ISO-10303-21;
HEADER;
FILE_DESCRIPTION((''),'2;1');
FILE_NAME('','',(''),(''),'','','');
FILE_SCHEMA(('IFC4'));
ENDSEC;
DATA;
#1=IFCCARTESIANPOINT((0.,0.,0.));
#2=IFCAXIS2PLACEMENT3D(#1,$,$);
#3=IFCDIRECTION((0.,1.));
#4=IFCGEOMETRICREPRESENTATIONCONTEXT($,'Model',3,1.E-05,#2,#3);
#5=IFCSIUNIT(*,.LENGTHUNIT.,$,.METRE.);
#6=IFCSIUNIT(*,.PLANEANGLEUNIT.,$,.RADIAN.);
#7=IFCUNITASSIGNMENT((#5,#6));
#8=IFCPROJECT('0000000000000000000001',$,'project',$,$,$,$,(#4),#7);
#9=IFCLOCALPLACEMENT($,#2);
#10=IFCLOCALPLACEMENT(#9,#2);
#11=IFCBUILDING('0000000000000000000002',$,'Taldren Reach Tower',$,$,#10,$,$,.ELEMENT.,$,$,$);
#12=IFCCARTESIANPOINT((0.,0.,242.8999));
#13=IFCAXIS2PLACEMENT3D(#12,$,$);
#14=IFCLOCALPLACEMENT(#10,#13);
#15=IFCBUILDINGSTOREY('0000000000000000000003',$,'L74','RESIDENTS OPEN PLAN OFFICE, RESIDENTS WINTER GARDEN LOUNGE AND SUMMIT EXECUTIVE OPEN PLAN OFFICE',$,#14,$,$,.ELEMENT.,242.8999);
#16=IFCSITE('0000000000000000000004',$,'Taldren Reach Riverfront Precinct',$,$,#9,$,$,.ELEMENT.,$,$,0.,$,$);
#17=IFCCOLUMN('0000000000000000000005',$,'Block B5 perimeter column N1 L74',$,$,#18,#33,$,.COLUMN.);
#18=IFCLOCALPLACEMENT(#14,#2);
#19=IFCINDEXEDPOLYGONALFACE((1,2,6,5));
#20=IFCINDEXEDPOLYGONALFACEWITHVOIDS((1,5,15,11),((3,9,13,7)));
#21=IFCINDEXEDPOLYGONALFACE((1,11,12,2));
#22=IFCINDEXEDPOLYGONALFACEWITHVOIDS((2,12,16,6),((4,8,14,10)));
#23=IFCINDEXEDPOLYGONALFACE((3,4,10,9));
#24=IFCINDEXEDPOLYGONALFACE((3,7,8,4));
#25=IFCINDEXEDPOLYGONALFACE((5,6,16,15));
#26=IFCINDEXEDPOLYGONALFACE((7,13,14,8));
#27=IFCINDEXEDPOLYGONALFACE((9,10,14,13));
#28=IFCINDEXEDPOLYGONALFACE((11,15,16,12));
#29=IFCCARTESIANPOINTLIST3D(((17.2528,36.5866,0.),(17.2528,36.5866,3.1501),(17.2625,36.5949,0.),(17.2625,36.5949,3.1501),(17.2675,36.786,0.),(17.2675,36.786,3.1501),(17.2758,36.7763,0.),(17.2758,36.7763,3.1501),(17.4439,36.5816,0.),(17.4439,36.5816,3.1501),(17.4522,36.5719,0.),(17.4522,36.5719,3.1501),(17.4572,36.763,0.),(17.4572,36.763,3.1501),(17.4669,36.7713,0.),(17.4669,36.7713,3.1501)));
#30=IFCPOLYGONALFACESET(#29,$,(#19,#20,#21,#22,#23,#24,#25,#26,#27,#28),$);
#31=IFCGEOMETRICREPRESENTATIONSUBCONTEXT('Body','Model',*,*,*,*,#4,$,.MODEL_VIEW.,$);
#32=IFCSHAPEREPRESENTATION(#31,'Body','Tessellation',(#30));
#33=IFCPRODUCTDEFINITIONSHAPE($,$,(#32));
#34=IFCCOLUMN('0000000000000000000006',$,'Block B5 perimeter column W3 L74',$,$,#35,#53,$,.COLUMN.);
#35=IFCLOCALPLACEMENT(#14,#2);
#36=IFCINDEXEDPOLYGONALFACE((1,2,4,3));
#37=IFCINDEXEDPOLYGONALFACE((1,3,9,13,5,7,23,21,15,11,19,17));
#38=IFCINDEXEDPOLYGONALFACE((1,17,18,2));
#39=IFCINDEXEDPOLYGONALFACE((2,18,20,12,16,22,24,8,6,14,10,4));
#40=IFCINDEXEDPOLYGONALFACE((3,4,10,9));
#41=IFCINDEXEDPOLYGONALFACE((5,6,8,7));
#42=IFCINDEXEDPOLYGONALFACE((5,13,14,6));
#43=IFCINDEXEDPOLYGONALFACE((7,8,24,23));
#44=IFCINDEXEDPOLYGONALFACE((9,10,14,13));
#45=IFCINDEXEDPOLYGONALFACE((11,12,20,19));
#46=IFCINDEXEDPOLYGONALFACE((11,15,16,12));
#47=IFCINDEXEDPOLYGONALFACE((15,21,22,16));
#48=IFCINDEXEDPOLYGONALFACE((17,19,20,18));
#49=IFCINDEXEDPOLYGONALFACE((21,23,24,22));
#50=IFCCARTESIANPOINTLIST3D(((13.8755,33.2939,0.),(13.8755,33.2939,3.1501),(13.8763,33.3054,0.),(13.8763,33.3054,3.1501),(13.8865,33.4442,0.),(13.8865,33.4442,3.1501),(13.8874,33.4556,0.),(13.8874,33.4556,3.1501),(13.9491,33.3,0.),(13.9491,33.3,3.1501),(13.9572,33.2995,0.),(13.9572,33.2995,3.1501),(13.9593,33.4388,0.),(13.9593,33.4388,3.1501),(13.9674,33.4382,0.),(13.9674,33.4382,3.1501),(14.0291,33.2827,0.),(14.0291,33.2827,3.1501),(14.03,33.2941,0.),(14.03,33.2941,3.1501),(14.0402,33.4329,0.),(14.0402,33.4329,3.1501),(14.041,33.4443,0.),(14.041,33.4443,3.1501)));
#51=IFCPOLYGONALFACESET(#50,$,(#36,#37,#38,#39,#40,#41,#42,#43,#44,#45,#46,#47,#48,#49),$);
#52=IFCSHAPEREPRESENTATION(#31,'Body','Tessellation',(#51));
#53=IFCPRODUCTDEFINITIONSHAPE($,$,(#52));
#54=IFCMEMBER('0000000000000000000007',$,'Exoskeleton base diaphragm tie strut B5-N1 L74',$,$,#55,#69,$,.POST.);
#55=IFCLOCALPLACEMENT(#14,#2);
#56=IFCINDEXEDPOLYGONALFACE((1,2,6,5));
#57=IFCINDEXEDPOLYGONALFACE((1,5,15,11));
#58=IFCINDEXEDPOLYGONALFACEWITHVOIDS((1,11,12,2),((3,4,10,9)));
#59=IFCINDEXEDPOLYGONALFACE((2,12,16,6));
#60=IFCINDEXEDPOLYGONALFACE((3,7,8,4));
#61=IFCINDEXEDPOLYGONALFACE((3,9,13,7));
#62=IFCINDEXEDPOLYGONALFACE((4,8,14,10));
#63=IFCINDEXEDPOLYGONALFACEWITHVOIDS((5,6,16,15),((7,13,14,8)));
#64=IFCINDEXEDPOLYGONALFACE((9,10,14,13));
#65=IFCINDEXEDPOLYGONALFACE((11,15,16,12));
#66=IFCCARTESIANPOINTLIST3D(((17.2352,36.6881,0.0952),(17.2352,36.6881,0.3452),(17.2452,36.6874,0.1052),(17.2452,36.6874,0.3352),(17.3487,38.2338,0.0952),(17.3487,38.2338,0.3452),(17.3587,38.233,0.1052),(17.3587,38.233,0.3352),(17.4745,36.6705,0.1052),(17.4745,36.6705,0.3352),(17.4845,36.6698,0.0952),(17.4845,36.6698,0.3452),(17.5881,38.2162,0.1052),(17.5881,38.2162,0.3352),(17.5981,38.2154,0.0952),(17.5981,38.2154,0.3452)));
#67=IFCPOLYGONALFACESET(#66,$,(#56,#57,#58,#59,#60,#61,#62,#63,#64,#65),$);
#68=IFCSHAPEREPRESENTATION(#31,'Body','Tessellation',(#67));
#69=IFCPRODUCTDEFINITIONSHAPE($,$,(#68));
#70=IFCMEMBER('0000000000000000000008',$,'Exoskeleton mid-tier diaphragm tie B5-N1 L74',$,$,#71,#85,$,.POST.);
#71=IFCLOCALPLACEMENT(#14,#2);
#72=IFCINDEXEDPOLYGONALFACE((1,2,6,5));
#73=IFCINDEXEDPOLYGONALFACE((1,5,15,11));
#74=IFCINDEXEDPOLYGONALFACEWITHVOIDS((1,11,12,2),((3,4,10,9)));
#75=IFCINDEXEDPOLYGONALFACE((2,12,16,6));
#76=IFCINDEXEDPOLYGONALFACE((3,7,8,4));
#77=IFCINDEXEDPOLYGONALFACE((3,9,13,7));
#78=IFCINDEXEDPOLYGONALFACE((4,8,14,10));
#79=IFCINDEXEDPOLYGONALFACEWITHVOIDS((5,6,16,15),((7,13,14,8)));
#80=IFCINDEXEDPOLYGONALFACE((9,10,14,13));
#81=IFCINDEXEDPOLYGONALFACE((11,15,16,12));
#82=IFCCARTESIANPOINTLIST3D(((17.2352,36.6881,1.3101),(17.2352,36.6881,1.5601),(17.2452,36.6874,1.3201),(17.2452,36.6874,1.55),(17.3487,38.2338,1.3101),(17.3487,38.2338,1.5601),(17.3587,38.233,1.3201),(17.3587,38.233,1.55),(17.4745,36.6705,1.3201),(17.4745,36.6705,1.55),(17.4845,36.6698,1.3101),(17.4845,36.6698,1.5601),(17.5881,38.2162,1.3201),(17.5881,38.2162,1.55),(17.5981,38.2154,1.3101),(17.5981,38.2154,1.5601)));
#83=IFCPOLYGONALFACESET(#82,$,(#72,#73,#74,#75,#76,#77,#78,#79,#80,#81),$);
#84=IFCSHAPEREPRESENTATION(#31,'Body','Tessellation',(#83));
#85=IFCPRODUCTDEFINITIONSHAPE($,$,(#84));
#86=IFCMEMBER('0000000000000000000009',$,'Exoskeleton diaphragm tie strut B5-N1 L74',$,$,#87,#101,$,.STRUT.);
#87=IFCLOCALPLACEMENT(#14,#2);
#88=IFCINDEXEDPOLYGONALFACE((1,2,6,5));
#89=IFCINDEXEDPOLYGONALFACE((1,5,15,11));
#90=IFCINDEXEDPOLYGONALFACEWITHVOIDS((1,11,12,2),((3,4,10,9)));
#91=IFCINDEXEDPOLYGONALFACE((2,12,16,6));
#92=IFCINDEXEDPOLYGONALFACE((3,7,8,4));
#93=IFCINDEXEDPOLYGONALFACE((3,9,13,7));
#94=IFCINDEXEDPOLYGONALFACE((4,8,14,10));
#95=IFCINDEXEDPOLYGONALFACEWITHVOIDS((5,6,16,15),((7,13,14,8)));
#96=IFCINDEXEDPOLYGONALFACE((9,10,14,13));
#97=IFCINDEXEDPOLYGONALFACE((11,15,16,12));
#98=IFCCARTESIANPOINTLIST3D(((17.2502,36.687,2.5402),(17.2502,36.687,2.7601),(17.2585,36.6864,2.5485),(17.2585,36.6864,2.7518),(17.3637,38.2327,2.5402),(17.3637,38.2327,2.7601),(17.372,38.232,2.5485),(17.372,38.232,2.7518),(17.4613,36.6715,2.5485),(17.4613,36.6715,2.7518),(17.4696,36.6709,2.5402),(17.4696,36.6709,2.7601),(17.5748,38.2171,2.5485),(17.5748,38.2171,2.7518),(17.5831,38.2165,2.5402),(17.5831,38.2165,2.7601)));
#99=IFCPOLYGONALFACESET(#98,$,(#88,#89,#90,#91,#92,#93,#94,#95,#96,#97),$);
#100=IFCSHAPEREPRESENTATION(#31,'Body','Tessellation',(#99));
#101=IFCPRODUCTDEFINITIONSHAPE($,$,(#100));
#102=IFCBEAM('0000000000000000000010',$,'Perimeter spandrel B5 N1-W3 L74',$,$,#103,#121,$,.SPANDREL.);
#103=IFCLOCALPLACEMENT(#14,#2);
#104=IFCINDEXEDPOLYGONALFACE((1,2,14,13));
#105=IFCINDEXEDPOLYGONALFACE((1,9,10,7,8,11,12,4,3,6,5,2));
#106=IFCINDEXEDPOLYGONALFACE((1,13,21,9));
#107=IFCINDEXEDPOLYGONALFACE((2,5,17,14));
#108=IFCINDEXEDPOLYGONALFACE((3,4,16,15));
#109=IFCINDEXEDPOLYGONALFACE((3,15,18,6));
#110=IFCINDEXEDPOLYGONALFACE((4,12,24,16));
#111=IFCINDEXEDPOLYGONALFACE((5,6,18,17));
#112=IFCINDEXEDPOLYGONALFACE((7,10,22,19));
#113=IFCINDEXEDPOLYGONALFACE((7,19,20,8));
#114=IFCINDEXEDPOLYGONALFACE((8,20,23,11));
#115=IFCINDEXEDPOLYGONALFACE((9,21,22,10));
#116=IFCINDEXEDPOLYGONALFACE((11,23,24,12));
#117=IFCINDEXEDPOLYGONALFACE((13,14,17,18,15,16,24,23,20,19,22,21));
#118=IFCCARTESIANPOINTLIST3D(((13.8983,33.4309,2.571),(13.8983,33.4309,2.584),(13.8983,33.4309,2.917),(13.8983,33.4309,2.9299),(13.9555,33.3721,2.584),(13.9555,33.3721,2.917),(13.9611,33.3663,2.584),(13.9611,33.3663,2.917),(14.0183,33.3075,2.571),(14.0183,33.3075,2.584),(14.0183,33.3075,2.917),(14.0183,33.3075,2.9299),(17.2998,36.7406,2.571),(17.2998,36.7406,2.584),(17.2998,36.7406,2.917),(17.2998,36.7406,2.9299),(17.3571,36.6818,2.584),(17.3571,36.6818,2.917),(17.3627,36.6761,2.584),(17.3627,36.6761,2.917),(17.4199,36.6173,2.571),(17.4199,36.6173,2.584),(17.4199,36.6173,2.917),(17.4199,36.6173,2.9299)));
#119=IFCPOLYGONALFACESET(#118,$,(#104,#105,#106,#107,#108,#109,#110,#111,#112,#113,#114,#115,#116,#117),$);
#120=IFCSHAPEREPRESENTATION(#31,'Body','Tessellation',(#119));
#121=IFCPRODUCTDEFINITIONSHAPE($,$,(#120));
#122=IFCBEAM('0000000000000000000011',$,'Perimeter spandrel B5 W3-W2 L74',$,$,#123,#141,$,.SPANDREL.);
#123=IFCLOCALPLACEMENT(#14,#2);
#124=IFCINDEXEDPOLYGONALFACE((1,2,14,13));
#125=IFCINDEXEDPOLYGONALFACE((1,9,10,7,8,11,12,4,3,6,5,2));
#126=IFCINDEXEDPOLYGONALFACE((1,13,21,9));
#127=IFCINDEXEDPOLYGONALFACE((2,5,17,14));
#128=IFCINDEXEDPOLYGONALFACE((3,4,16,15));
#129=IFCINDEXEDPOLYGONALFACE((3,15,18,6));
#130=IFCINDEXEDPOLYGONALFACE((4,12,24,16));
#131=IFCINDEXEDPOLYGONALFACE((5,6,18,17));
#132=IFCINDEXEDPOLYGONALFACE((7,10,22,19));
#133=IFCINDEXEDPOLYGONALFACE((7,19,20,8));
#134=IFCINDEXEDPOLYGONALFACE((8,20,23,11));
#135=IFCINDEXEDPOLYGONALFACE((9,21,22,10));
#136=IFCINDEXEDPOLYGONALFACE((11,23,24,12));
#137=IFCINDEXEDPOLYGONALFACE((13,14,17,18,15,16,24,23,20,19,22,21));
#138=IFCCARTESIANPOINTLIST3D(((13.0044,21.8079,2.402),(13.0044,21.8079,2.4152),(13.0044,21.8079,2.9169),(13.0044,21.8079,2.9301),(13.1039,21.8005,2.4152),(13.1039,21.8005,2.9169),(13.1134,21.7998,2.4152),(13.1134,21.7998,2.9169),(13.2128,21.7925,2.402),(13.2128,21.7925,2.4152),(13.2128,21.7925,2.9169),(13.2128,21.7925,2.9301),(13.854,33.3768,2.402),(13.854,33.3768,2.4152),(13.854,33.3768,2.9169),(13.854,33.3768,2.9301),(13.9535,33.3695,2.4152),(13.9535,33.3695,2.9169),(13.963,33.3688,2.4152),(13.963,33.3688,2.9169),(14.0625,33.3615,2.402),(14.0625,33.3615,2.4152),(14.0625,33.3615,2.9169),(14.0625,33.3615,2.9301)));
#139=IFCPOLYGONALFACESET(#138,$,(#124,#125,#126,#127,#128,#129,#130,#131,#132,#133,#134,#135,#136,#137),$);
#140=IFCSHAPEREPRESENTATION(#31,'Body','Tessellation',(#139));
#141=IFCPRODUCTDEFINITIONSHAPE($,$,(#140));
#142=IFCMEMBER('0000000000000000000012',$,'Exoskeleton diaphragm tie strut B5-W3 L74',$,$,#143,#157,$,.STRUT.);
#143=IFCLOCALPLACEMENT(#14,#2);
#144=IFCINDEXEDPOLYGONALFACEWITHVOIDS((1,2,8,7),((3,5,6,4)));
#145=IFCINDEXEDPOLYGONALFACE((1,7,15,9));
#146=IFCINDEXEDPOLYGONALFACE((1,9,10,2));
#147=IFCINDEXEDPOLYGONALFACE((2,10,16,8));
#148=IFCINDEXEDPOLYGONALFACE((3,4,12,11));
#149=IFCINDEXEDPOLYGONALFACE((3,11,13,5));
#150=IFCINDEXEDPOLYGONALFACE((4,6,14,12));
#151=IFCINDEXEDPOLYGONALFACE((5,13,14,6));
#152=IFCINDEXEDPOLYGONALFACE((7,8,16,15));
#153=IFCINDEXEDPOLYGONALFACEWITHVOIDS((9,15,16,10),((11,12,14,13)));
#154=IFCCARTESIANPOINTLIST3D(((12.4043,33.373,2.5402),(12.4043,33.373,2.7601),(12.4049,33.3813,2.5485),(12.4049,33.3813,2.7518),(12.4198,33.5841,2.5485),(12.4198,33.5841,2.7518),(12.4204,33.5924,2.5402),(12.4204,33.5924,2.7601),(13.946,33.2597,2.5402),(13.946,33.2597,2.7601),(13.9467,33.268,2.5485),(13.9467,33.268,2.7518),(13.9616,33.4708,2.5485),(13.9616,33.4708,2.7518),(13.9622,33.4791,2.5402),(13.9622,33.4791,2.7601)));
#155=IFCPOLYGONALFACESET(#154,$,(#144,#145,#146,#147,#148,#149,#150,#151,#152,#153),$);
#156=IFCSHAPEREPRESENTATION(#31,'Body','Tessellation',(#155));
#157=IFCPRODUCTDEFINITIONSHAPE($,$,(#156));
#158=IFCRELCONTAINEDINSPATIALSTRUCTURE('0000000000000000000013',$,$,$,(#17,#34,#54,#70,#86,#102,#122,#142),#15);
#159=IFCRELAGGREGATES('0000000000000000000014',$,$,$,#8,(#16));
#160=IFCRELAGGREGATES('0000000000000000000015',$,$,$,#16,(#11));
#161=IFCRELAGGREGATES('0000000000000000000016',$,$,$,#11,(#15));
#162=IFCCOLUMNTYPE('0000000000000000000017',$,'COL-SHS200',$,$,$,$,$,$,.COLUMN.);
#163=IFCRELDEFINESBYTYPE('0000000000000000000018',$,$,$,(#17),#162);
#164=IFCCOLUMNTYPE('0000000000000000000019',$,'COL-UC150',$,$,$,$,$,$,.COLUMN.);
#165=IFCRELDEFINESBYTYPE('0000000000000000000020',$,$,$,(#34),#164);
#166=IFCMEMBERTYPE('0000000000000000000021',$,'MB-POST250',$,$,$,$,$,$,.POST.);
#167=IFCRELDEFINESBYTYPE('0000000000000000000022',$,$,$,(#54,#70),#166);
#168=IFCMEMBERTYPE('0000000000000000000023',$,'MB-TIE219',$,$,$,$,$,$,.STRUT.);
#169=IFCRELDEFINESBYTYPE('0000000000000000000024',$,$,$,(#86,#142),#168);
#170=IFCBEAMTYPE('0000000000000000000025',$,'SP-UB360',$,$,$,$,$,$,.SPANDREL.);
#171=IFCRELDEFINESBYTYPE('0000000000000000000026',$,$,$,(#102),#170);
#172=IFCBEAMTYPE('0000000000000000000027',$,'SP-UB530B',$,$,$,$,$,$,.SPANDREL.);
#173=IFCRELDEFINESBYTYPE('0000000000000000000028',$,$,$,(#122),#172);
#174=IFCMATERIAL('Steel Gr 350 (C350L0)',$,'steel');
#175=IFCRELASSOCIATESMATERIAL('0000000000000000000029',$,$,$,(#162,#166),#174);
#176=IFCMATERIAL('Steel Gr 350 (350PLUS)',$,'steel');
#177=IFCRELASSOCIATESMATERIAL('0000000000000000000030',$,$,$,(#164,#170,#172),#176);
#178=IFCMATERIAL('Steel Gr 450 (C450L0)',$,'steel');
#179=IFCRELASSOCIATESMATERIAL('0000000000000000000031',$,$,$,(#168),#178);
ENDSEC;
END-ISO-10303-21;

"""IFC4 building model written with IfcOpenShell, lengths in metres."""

from ifc_helpers import new_model, si_unit, direction, frame, origin, origin_2d, place, context, subcontext, project, spatial, hollow_rectangle, i_section, extrude, source, transform, mapped, material, material_profile, profile_set, type_object, element, save


model = new_model("IFC4")

# Units and contexts
model_context = context("Model", 3, precision=1e-05, world=origin(), true_north=direction((0.0, 1.0)))
body_context = subcontext(model_context, "Body", "Model", "MODEL_VIEW")
ifc_project = project(units=[si_unit("LENGTHUNIT", "METRE"), si_unit("PLANEANGLEUNIT", "RADIAN")], contexts=[model_context])

# Site, building, storey
site_placement = place(None, origin())
site = spatial("IfcSite", under=ifc_project, at=site_placement, Name="Taldren Reach Riverfront Precinct", CompositionType="ELEMENT", RefElevation=0.0)
building_placement = place(site_placement, origin())
building = spatial("IfcBuilding", under=site, at=building_placement, Name="Taldren Reach Tower", CompositionType="ELEMENT")
storey_placement = place(building_placement, frame((0.0, 0.0, 242.8999)))
storey = spatial("IfcBuildingStorey", under=building, at=storey_placement, Name="L74", Description="RESIDENTS OPEN PLAN OFFICE, RESIDENTS WINTER GARDEN LOUNGE AND SUMMIT EXECUTIVE OPEN PLAN OFFICE", CompositionType="ELEMENT", Elevation=242.8999)

# Columns
ifc_material_1 = material(Name="Steel Gr 350 (C350L0)", Category="steel")
ifc_material_profile_1 = material_profile(ifc_material_1, hollow_rectangle(XDim=0.2, YDim=0.2, WallThickness=0.009, at=origin_2d()), Name="200x200x9.0SHS")
ifc_profile_set_1 = profile_set([ifc_material_profile_1], Name="Steel Gr 350 (C350L0)")
column_type_1 = type_object("IfcColumnType", Name="COL-SHS200", PredefinedType="COLUMN", material=ifc_profile_set_1)
shared_shape_1 = source(origin(), body_context, "Body", "SweptSolid", [
    extrude(hollow_rectangle(XDim=0.2, YDim=0.2, WallThickness=0.009, at=origin_2d()), origin(), (0.0, 0.0, 1.0), 3.1501),
])
column_1_placement = place(storey_placement, frame((17.3599, 36.679, 0.0), z_axis=(0.0, 0.0, 1.0), x_axis=(0.997314, -0.073238, 0.0)))
element("IfcColumn", 1, at=column_1_placement, inside=storey, type_object=column_type_1, Name="Block B5 perimeter column N1 L74", PredefinedType="COLUMN", context=body_context, shape_type="MappedRepresentation", body=[
    mapped(shared_shape_1, transform((0.0, 0.0, 0.0), scale=1.0)),
])
ifc_material_2 = material(Name="Steel Gr 350 (350PLUS)", Category="steel")
ifc_material_profile_2 = material_profile(ifc_material_2, i_section(OverallWidth=0.1541, OverallDepth=0.1621, WebThickness=0.0081, FlangeThickness=0.0115, at=origin_2d()), Name="150UC37.2")
ifc_profile_set_2 = profile_set([ifc_material_profile_2], Name="Steel Gr 350 (350PLUS)")
column_type_2 = type_object("IfcColumnType", Name="COL-UC150", PredefinedType="COLUMN", material=ifc_profile_set_2)
shared_shape_2 = source(origin(), body_context, "Body", "SweptSolid", [
    extrude(i_section(OverallWidth=0.1541, OverallDepth=0.1621, WebThickness=0.0081, FlangeThickness=0.0115, at=origin_2d()), origin(), (0.0, 0.0, 1.0), 3.1501),
])
column_2_placement = place(storey_placement, frame((13.9583, 33.3691, 0.0), z_axis=(0.0, 0.0, 1.0), x_axis=(0.997314, -0.073238, 0.0)))
element("IfcColumn", 2, at=column_2_placement, inside=storey, type_object=column_type_2, Name="Block B5 perimeter column W3 L74", PredefinedType="COLUMN", context=body_context, shape_type="MappedRepresentation", body=[
    mapped(shared_shape_2, transform((0.0, 0.0, 0.0), scale=1.0)),
])

# Members
ifc_material_profile_3 = material_profile(ifc_material_1, hollow_rectangle(XDim=0.25, YDim=0.25, WallThickness=0.01, at=origin_2d()), Name="250x250x10.0SHS")
ifc_profile_set_3 = profile_set([ifc_material_profile_3], Name="Steel Gr 350 (C350L0)")
member_type_1 = type_object("IfcMemberType", Name="MB-POST250", PredefinedType="POST", material=ifc_profile_set_3)
shared_shape_3 = source(origin(), body_context, "Body", "SweptSolid", [
    extrude(hollow_rectangle(XDim=0.25, YDim=0.25, WallThickness=0.01, at=origin_2d()), origin(), (0.0, 0.0, 1.0), 1.5498),
])
for number, where, z_axis, x_axis, name in (
    (3, (17.3599, 36.679, 0.2202), (0.073251, 0.997314, 0.0), (-0.997314, 0.073251, 0.0), "Exoskeleton base diaphragm tie strut B5-N1 L74"),
    (4, (17.3599, 36.679, 1.4351), (0.073251, 0.997314, 0.0), (-0.997314, 0.073251, 0.0), "Exoskeleton mid-tier diaphragm tie B5-N1 L74"),
):
    element("IfcMember", number, at=place(storey_placement, frame(where, z_axis=z_axis, x_axis=x_axis)), inside=storey, type_object=member_type_1, Name=name, PredefinedType="POST", context=body_context, shape_type="MappedRepresentation", body=[
        mapped(shared_shape_3, transform((0.0, 0.0, 0.0), scale=1.0)),
    ])
ifc_material_3 = material(Name="Steel Gr 450 (C450L0)", Category="steel")
ifc_material_profile_4 = material_profile(ifc_material_3, hollow_rectangle(XDim=0.22, YDim=0.22, WallThickness=0.0083, at=origin_2d()), Name="220x220x8.2SHS")
ifc_profile_set_4 = profile_set([ifc_material_profile_4], Name="Steel Gr 450 (C450L0)")
member_type_2 = type_object("IfcMemberType", Name="MB-TIE219", PredefinedType="STRUT", material=ifc_profile_set_4)
shared_shape_4 = source(origin(), body_context, "Body", "SweptSolid", [
    extrude(hollow_rectangle(XDim=0.22, YDim=0.22, WallThickness=0.0083, at=origin_2d()), origin(), (0.0, 0.0, 1.0), 1.5498),
])
member_1_placement = place(storey_placement, frame((17.3599, 36.679, 2.6501), z_axis=(0.073251, 0.997314, 0.0), x_axis=(-0.997314, 0.073251, 0.0)))
element("IfcMember", 5, at=member_1_placement, inside=storey, type_object=member_type_2, Name="Exoskeleton diaphragm tie strut B5-N1 L74", PredefinedType="STRUT", context=body_context, shape_type="MappedRepresentation", body=[
    mapped(shared_shape_4, transform((0.0, 0.0, 0.0), scale=1.0)),
])

# Beams
ifc_material_profile_5 = material_profile(ifc_material_2, i_section(OverallWidth=0.1721, OverallDepth=0.3589, WebThickness=0.0081, FlangeThickness=0.0129, at=origin_2d()), Name="360UB56.7")
ifc_profile_set_5 = profile_set([ifc_material_profile_5], Name="Steel Gr 350 (350PLUS)")
beam_type_1 = type_object("IfcBeamType", Name="SP-UB360", PredefinedType="SPANDREL", material=ifc_profile_set_5)
shared_shape_5 = source(origin(), body_context, "Body", "SweptSolid", [
    extrude(i_section(OverallWidth=0.1721, OverallDepth=0.3589, WebThickness=0.0081, FlangeThickness=0.0129, at=origin_2d()), origin(), (0.0, 0.0, 1.0), 4.7461),
])
beam_1_placement = place(storey_placement, frame((17.3599, 36.679, 2.7505), z_axis=(-0.716711, -0.69737, 0.0), x_axis=(0.69737, -0.716711, 0.0)))
element("IfcBeam", 6, at=beam_1_placement, inside=storey, type_object=beam_type_1, Name="Perimeter spandrel B5 N1-W3 L74", PredefinedType="SPANDREL", context=body_context, shape_type="MappedRepresentation", body=[
    mapped(shared_shape_5, transform((0.0, 0.0, 0.0), scale=1.0)),
])
ifc_material_profile_6 = material_profile(ifc_material_2, i_section(OverallWidth=0.209, OverallDepth=0.5281, WebThickness=0.0095, FlangeThickness=0.0132, at=origin_2d()), Name="530UB82.0")
ifc_profile_set_6 = profile_set([ifc_material_profile_6], Name="Steel Gr 350 (350PLUS)")
beam_type_2 = type_object("IfcBeamType", Name="SP-UB530B", PredefinedType="SPANDREL", material=ifc_profile_set_6)
shared_shape_6 = source(origin(), body_context, "Body", "SweptSolid", [
    extrude(i_section(OverallWidth=0.209, OverallDepth=0.5281, WebThickness=0.0095, FlangeThickness=0.0132, at=origin_2d()), origin(), (0.0, 0.0, 1.0), 11.6001),
])
beam_2_placement = place(storey_placement, frame((13.9583, 33.3691, 2.666), z_axis=(-0.073242, -0.997314, 0.0), x_axis=(0.997314, -0.073242, 0.0)))
element("IfcBeam", 7, at=beam_2_placement, inside=storey, type_object=beam_type_2, Name="Perimeter spandrel B5 W3-W2 L74", PredefinedType="SPANDREL", context=body_context, shape_type="MappedRepresentation", body=[
    mapped(shared_shape_6, transform((0.0, 0.0, 0.0), scale=1.0)),
])

# Member
shared_shape_7 = source(origin(), body_context, "Body", "SweptSolid", [
    extrude(hollow_rectangle(XDim=0.22, YDim=0.22, WallThickness=0.0083, at=origin_2d()), origin(), (0.0, 0.0, 1.0), 1.5459),
])
member_2_placement = place(storey_placement, frame((13.9541, 33.3694, 2.6501), z_axis=(-0.997312, 0.073278, 0.0), x_axis=(-0.073278, -0.997312, 0.0)))
element("IfcMember", 8, at=member_2_placement, inside=storey, type_object=member_type_2, Name="Exoskeleton diaphragm tie strut B5-W3 L74", PredefinedType="STRUT", context=body_context, shape_type="MappedRepresentation", body=[
    mapped(shared_shape_7, transform((0.0, 0.0, 0.0), scale=1.0)),
])

save(model, "model.ifc")
